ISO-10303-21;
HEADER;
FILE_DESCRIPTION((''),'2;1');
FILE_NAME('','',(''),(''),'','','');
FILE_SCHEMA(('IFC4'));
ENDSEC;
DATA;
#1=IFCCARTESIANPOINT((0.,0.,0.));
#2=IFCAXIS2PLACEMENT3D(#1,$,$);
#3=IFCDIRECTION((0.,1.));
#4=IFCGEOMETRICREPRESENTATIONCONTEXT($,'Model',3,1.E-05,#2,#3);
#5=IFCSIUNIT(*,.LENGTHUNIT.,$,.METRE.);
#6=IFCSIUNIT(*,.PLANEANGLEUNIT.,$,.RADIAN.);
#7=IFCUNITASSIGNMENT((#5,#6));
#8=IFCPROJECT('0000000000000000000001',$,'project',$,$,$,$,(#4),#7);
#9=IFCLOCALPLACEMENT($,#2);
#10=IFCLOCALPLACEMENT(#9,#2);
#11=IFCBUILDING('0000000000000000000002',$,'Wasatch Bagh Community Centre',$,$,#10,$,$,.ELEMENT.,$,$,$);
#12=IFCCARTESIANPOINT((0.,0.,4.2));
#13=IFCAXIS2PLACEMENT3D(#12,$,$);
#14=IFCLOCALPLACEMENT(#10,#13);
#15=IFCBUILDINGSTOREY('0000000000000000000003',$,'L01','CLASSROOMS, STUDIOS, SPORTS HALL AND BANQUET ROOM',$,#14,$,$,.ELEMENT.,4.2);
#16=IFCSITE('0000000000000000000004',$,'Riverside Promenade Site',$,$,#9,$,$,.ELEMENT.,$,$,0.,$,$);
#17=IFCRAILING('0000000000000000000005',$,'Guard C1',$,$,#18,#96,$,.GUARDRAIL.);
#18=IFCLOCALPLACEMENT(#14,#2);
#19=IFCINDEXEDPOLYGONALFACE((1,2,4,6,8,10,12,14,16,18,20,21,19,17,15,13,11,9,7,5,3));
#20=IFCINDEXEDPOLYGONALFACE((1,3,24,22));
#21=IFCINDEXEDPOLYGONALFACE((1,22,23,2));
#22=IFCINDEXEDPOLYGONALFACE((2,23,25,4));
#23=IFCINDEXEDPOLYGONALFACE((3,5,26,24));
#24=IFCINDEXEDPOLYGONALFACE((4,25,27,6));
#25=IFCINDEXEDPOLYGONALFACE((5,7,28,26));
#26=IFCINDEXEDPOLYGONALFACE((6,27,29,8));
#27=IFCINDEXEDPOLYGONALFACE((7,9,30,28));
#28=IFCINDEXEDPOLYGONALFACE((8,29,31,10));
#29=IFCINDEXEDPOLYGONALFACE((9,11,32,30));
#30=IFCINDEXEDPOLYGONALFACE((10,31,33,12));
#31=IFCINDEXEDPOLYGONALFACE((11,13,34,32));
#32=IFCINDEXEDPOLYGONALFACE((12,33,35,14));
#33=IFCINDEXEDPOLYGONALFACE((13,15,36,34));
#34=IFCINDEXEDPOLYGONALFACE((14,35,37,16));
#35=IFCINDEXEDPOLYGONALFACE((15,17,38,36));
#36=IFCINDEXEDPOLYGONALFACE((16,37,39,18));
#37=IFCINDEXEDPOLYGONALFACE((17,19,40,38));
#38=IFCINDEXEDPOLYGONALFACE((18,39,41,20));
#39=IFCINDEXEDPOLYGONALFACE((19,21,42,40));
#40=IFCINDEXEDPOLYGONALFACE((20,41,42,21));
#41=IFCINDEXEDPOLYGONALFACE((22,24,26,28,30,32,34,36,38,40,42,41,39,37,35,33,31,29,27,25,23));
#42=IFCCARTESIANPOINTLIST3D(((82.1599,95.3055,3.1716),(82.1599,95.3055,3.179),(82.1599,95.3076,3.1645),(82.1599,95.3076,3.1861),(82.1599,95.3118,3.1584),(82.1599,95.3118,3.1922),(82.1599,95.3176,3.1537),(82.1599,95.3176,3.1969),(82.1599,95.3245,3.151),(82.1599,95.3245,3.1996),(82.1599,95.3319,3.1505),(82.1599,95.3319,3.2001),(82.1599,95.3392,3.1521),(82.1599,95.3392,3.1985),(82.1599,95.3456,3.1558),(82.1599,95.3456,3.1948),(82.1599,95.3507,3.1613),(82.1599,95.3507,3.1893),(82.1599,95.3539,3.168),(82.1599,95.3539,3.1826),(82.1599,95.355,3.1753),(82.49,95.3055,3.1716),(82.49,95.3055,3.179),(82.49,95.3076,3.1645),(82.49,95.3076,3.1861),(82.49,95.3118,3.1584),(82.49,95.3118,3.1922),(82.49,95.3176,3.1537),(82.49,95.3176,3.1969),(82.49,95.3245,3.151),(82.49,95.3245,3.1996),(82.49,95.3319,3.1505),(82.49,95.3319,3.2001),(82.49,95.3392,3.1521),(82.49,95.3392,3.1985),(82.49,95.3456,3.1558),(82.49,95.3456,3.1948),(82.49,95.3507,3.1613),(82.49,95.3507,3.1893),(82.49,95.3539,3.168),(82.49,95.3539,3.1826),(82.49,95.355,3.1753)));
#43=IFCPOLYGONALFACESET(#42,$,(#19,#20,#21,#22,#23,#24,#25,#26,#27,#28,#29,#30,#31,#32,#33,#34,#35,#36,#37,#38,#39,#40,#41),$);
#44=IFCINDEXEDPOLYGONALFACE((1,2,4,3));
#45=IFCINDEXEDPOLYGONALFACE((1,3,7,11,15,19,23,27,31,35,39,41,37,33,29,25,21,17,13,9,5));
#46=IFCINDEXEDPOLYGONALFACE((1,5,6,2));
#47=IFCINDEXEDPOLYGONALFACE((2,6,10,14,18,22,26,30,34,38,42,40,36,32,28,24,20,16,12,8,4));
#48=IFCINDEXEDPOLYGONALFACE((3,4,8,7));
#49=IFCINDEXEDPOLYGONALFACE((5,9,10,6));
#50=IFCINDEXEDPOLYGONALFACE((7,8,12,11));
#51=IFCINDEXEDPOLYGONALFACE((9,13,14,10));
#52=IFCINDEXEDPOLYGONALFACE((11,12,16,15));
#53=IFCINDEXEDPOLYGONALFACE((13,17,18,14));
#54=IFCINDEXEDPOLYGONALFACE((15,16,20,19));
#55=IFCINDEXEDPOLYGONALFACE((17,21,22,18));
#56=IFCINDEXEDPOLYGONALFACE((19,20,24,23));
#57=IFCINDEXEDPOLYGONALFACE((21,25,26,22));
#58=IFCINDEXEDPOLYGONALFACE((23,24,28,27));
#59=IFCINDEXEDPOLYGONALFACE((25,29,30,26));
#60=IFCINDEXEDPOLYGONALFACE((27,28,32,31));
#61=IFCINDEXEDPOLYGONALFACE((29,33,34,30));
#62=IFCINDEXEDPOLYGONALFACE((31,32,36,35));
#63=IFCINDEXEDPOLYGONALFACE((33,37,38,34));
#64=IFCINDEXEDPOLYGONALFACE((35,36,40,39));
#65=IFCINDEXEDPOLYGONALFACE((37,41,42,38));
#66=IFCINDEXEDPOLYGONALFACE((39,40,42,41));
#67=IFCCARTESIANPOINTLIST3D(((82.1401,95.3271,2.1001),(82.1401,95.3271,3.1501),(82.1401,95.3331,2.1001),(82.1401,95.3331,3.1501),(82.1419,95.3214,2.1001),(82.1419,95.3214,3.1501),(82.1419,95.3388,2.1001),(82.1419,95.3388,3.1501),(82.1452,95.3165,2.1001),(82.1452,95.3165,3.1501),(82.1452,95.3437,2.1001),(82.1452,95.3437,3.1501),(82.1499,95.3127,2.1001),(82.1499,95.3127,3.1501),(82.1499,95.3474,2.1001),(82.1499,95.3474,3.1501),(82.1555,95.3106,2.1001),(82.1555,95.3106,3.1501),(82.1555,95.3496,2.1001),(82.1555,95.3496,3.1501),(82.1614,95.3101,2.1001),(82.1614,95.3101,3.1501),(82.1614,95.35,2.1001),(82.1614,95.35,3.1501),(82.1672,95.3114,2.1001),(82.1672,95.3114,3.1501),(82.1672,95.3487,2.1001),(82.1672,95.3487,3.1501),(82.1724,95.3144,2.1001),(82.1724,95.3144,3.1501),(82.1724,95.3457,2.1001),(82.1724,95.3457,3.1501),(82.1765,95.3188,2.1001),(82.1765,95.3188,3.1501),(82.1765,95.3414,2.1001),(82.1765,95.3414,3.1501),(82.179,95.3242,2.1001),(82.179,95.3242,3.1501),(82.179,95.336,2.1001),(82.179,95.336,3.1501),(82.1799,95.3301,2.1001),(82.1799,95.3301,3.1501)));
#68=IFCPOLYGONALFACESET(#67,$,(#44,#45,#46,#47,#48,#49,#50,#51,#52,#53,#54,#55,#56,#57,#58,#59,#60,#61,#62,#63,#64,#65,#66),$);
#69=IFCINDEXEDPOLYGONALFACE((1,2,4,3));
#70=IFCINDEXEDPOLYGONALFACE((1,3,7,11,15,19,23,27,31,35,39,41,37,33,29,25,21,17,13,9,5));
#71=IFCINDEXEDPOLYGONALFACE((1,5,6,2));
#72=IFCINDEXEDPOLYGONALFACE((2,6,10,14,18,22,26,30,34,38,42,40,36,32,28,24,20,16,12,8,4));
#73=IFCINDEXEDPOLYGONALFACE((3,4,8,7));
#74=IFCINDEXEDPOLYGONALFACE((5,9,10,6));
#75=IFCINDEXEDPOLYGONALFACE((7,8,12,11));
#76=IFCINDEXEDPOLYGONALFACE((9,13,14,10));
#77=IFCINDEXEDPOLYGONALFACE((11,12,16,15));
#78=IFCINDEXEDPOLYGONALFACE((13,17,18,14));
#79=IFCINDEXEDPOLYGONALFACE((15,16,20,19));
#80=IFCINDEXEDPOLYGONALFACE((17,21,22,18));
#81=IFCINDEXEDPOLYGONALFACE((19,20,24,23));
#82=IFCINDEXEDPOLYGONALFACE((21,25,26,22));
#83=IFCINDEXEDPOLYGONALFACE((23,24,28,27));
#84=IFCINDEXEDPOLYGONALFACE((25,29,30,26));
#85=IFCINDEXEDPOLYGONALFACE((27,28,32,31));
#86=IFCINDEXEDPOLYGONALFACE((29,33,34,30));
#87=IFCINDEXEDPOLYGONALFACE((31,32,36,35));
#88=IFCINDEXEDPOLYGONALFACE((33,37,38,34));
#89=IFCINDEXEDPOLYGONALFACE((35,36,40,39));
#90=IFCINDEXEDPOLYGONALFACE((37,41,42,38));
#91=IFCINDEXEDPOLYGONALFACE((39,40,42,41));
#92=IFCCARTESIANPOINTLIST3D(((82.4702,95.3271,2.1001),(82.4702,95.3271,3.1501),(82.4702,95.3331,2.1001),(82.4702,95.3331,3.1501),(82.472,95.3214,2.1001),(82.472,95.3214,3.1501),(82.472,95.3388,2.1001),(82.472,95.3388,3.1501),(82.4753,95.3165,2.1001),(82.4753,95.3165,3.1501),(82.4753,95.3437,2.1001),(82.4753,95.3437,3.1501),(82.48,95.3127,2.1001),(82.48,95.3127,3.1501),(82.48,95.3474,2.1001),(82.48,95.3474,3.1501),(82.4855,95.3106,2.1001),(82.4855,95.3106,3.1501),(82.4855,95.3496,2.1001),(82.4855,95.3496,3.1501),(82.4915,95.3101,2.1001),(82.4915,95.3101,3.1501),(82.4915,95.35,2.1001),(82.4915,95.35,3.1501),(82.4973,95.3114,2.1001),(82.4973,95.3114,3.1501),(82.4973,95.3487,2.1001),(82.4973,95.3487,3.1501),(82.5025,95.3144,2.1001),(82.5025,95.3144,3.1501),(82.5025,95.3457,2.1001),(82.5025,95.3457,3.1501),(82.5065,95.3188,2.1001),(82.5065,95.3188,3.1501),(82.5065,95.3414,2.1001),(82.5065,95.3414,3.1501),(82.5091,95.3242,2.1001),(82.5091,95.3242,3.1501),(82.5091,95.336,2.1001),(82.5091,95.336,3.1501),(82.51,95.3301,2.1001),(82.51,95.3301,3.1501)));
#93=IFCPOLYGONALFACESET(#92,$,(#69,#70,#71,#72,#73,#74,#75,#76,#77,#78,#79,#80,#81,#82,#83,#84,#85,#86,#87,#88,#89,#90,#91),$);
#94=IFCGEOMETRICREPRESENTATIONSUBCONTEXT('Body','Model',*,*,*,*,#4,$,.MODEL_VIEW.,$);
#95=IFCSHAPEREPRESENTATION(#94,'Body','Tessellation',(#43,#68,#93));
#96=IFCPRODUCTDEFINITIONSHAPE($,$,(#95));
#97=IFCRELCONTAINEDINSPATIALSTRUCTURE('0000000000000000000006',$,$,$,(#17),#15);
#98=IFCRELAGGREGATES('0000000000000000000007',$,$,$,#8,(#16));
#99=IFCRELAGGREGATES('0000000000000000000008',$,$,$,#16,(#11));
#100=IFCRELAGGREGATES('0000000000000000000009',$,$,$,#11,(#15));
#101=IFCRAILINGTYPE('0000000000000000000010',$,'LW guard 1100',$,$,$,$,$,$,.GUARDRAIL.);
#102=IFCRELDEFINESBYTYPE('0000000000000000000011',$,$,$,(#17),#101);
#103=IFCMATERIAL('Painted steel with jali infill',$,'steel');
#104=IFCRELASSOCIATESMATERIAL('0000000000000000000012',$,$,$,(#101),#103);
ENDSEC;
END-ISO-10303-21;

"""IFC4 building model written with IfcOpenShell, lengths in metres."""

from ifc_helpers import new_model, si_unit, direction, frame, origin, origin_2d, place, context, subcontext, project, spatial, circle, extrude, material, type_object, element, save


model = new_model("IFC4")

# Units and contexts
model_context = context("Model", 3, precision=1e-05, world=origin(), true_north=direction((0.0, 1.0)))
body_context = subcontext(model_context, "Body", "Model", "MODEL_VIEW")
ifc_project = project(units=[si_unit("LENGTHUNIT", "METRE"), si_unit("PLANEANGLEUNIT", "RADIAN")], contexts=[model_context])

# Site, building, storey
site_placement = place(None, origin())
site = spatial("IfcSite", under=ifc_project, at=site_placement, Name="Riverside Promenade Site", CompositionType="ELEMENT", RefElevation=0.0)
building_placement = place(site_placement, origin())
building = spatial("IfcBuilding", under=site, at=building_placement, Name="Wasatch Bagh Community Centre", CompositionType="ELEMENT")
storey_placement = place(building_placement, frame((0.0, 0.0, 4.2)))
storey = spatial("IfcBuildingStorey", under=building, at=storey_placement, Name="L01", Description="CLASSROOMS, STUDIOS, SPORTS HALL AND BANQUET ROOM", CompositionType="ELEMENT", Elevation=4.2)

# Railing
ifc_material_1 = material(Name="Painted steel with jali infill", Category="steel")
railing_type_1 = type_object("IfcRailingType", Name="LW guard 1100", PredefinedType="GUARDRAIL", material=ifc_material_1)
railing_1_placement = place(storey_placement, frame((82.1599, 95.3301, 2.1001)))
element("IfcRailing", 1, at=railing_1_placement, inside=storey, type_object=railing_type_1, Name="Guard C1", PredefinedType="GUARDRAIL", context=body_context, shape_type="SweptSolid", body=[
    extrude(circle(Radius=0.0249, at=origin_2d()), frame((0.0, 0.0, 1.0752), z_axis=(1.0, 0.0, 0.0), x_axis=(0.0, 1.0, 0.0)), (0.0, 0.0, 1.0), 0.3301),
    extrude(circle(Radius=0.02, at=origin_2d()), origin(), (0.0, 0.0, 1.0), 1.05),
    extrude(circle(Radius=0.02, at=origin_2d()), frame((0.3301, 0.0, 0.0)), (0.0, 0.0, 1.0), 1.05),
])

save(model, "model.ifc")
